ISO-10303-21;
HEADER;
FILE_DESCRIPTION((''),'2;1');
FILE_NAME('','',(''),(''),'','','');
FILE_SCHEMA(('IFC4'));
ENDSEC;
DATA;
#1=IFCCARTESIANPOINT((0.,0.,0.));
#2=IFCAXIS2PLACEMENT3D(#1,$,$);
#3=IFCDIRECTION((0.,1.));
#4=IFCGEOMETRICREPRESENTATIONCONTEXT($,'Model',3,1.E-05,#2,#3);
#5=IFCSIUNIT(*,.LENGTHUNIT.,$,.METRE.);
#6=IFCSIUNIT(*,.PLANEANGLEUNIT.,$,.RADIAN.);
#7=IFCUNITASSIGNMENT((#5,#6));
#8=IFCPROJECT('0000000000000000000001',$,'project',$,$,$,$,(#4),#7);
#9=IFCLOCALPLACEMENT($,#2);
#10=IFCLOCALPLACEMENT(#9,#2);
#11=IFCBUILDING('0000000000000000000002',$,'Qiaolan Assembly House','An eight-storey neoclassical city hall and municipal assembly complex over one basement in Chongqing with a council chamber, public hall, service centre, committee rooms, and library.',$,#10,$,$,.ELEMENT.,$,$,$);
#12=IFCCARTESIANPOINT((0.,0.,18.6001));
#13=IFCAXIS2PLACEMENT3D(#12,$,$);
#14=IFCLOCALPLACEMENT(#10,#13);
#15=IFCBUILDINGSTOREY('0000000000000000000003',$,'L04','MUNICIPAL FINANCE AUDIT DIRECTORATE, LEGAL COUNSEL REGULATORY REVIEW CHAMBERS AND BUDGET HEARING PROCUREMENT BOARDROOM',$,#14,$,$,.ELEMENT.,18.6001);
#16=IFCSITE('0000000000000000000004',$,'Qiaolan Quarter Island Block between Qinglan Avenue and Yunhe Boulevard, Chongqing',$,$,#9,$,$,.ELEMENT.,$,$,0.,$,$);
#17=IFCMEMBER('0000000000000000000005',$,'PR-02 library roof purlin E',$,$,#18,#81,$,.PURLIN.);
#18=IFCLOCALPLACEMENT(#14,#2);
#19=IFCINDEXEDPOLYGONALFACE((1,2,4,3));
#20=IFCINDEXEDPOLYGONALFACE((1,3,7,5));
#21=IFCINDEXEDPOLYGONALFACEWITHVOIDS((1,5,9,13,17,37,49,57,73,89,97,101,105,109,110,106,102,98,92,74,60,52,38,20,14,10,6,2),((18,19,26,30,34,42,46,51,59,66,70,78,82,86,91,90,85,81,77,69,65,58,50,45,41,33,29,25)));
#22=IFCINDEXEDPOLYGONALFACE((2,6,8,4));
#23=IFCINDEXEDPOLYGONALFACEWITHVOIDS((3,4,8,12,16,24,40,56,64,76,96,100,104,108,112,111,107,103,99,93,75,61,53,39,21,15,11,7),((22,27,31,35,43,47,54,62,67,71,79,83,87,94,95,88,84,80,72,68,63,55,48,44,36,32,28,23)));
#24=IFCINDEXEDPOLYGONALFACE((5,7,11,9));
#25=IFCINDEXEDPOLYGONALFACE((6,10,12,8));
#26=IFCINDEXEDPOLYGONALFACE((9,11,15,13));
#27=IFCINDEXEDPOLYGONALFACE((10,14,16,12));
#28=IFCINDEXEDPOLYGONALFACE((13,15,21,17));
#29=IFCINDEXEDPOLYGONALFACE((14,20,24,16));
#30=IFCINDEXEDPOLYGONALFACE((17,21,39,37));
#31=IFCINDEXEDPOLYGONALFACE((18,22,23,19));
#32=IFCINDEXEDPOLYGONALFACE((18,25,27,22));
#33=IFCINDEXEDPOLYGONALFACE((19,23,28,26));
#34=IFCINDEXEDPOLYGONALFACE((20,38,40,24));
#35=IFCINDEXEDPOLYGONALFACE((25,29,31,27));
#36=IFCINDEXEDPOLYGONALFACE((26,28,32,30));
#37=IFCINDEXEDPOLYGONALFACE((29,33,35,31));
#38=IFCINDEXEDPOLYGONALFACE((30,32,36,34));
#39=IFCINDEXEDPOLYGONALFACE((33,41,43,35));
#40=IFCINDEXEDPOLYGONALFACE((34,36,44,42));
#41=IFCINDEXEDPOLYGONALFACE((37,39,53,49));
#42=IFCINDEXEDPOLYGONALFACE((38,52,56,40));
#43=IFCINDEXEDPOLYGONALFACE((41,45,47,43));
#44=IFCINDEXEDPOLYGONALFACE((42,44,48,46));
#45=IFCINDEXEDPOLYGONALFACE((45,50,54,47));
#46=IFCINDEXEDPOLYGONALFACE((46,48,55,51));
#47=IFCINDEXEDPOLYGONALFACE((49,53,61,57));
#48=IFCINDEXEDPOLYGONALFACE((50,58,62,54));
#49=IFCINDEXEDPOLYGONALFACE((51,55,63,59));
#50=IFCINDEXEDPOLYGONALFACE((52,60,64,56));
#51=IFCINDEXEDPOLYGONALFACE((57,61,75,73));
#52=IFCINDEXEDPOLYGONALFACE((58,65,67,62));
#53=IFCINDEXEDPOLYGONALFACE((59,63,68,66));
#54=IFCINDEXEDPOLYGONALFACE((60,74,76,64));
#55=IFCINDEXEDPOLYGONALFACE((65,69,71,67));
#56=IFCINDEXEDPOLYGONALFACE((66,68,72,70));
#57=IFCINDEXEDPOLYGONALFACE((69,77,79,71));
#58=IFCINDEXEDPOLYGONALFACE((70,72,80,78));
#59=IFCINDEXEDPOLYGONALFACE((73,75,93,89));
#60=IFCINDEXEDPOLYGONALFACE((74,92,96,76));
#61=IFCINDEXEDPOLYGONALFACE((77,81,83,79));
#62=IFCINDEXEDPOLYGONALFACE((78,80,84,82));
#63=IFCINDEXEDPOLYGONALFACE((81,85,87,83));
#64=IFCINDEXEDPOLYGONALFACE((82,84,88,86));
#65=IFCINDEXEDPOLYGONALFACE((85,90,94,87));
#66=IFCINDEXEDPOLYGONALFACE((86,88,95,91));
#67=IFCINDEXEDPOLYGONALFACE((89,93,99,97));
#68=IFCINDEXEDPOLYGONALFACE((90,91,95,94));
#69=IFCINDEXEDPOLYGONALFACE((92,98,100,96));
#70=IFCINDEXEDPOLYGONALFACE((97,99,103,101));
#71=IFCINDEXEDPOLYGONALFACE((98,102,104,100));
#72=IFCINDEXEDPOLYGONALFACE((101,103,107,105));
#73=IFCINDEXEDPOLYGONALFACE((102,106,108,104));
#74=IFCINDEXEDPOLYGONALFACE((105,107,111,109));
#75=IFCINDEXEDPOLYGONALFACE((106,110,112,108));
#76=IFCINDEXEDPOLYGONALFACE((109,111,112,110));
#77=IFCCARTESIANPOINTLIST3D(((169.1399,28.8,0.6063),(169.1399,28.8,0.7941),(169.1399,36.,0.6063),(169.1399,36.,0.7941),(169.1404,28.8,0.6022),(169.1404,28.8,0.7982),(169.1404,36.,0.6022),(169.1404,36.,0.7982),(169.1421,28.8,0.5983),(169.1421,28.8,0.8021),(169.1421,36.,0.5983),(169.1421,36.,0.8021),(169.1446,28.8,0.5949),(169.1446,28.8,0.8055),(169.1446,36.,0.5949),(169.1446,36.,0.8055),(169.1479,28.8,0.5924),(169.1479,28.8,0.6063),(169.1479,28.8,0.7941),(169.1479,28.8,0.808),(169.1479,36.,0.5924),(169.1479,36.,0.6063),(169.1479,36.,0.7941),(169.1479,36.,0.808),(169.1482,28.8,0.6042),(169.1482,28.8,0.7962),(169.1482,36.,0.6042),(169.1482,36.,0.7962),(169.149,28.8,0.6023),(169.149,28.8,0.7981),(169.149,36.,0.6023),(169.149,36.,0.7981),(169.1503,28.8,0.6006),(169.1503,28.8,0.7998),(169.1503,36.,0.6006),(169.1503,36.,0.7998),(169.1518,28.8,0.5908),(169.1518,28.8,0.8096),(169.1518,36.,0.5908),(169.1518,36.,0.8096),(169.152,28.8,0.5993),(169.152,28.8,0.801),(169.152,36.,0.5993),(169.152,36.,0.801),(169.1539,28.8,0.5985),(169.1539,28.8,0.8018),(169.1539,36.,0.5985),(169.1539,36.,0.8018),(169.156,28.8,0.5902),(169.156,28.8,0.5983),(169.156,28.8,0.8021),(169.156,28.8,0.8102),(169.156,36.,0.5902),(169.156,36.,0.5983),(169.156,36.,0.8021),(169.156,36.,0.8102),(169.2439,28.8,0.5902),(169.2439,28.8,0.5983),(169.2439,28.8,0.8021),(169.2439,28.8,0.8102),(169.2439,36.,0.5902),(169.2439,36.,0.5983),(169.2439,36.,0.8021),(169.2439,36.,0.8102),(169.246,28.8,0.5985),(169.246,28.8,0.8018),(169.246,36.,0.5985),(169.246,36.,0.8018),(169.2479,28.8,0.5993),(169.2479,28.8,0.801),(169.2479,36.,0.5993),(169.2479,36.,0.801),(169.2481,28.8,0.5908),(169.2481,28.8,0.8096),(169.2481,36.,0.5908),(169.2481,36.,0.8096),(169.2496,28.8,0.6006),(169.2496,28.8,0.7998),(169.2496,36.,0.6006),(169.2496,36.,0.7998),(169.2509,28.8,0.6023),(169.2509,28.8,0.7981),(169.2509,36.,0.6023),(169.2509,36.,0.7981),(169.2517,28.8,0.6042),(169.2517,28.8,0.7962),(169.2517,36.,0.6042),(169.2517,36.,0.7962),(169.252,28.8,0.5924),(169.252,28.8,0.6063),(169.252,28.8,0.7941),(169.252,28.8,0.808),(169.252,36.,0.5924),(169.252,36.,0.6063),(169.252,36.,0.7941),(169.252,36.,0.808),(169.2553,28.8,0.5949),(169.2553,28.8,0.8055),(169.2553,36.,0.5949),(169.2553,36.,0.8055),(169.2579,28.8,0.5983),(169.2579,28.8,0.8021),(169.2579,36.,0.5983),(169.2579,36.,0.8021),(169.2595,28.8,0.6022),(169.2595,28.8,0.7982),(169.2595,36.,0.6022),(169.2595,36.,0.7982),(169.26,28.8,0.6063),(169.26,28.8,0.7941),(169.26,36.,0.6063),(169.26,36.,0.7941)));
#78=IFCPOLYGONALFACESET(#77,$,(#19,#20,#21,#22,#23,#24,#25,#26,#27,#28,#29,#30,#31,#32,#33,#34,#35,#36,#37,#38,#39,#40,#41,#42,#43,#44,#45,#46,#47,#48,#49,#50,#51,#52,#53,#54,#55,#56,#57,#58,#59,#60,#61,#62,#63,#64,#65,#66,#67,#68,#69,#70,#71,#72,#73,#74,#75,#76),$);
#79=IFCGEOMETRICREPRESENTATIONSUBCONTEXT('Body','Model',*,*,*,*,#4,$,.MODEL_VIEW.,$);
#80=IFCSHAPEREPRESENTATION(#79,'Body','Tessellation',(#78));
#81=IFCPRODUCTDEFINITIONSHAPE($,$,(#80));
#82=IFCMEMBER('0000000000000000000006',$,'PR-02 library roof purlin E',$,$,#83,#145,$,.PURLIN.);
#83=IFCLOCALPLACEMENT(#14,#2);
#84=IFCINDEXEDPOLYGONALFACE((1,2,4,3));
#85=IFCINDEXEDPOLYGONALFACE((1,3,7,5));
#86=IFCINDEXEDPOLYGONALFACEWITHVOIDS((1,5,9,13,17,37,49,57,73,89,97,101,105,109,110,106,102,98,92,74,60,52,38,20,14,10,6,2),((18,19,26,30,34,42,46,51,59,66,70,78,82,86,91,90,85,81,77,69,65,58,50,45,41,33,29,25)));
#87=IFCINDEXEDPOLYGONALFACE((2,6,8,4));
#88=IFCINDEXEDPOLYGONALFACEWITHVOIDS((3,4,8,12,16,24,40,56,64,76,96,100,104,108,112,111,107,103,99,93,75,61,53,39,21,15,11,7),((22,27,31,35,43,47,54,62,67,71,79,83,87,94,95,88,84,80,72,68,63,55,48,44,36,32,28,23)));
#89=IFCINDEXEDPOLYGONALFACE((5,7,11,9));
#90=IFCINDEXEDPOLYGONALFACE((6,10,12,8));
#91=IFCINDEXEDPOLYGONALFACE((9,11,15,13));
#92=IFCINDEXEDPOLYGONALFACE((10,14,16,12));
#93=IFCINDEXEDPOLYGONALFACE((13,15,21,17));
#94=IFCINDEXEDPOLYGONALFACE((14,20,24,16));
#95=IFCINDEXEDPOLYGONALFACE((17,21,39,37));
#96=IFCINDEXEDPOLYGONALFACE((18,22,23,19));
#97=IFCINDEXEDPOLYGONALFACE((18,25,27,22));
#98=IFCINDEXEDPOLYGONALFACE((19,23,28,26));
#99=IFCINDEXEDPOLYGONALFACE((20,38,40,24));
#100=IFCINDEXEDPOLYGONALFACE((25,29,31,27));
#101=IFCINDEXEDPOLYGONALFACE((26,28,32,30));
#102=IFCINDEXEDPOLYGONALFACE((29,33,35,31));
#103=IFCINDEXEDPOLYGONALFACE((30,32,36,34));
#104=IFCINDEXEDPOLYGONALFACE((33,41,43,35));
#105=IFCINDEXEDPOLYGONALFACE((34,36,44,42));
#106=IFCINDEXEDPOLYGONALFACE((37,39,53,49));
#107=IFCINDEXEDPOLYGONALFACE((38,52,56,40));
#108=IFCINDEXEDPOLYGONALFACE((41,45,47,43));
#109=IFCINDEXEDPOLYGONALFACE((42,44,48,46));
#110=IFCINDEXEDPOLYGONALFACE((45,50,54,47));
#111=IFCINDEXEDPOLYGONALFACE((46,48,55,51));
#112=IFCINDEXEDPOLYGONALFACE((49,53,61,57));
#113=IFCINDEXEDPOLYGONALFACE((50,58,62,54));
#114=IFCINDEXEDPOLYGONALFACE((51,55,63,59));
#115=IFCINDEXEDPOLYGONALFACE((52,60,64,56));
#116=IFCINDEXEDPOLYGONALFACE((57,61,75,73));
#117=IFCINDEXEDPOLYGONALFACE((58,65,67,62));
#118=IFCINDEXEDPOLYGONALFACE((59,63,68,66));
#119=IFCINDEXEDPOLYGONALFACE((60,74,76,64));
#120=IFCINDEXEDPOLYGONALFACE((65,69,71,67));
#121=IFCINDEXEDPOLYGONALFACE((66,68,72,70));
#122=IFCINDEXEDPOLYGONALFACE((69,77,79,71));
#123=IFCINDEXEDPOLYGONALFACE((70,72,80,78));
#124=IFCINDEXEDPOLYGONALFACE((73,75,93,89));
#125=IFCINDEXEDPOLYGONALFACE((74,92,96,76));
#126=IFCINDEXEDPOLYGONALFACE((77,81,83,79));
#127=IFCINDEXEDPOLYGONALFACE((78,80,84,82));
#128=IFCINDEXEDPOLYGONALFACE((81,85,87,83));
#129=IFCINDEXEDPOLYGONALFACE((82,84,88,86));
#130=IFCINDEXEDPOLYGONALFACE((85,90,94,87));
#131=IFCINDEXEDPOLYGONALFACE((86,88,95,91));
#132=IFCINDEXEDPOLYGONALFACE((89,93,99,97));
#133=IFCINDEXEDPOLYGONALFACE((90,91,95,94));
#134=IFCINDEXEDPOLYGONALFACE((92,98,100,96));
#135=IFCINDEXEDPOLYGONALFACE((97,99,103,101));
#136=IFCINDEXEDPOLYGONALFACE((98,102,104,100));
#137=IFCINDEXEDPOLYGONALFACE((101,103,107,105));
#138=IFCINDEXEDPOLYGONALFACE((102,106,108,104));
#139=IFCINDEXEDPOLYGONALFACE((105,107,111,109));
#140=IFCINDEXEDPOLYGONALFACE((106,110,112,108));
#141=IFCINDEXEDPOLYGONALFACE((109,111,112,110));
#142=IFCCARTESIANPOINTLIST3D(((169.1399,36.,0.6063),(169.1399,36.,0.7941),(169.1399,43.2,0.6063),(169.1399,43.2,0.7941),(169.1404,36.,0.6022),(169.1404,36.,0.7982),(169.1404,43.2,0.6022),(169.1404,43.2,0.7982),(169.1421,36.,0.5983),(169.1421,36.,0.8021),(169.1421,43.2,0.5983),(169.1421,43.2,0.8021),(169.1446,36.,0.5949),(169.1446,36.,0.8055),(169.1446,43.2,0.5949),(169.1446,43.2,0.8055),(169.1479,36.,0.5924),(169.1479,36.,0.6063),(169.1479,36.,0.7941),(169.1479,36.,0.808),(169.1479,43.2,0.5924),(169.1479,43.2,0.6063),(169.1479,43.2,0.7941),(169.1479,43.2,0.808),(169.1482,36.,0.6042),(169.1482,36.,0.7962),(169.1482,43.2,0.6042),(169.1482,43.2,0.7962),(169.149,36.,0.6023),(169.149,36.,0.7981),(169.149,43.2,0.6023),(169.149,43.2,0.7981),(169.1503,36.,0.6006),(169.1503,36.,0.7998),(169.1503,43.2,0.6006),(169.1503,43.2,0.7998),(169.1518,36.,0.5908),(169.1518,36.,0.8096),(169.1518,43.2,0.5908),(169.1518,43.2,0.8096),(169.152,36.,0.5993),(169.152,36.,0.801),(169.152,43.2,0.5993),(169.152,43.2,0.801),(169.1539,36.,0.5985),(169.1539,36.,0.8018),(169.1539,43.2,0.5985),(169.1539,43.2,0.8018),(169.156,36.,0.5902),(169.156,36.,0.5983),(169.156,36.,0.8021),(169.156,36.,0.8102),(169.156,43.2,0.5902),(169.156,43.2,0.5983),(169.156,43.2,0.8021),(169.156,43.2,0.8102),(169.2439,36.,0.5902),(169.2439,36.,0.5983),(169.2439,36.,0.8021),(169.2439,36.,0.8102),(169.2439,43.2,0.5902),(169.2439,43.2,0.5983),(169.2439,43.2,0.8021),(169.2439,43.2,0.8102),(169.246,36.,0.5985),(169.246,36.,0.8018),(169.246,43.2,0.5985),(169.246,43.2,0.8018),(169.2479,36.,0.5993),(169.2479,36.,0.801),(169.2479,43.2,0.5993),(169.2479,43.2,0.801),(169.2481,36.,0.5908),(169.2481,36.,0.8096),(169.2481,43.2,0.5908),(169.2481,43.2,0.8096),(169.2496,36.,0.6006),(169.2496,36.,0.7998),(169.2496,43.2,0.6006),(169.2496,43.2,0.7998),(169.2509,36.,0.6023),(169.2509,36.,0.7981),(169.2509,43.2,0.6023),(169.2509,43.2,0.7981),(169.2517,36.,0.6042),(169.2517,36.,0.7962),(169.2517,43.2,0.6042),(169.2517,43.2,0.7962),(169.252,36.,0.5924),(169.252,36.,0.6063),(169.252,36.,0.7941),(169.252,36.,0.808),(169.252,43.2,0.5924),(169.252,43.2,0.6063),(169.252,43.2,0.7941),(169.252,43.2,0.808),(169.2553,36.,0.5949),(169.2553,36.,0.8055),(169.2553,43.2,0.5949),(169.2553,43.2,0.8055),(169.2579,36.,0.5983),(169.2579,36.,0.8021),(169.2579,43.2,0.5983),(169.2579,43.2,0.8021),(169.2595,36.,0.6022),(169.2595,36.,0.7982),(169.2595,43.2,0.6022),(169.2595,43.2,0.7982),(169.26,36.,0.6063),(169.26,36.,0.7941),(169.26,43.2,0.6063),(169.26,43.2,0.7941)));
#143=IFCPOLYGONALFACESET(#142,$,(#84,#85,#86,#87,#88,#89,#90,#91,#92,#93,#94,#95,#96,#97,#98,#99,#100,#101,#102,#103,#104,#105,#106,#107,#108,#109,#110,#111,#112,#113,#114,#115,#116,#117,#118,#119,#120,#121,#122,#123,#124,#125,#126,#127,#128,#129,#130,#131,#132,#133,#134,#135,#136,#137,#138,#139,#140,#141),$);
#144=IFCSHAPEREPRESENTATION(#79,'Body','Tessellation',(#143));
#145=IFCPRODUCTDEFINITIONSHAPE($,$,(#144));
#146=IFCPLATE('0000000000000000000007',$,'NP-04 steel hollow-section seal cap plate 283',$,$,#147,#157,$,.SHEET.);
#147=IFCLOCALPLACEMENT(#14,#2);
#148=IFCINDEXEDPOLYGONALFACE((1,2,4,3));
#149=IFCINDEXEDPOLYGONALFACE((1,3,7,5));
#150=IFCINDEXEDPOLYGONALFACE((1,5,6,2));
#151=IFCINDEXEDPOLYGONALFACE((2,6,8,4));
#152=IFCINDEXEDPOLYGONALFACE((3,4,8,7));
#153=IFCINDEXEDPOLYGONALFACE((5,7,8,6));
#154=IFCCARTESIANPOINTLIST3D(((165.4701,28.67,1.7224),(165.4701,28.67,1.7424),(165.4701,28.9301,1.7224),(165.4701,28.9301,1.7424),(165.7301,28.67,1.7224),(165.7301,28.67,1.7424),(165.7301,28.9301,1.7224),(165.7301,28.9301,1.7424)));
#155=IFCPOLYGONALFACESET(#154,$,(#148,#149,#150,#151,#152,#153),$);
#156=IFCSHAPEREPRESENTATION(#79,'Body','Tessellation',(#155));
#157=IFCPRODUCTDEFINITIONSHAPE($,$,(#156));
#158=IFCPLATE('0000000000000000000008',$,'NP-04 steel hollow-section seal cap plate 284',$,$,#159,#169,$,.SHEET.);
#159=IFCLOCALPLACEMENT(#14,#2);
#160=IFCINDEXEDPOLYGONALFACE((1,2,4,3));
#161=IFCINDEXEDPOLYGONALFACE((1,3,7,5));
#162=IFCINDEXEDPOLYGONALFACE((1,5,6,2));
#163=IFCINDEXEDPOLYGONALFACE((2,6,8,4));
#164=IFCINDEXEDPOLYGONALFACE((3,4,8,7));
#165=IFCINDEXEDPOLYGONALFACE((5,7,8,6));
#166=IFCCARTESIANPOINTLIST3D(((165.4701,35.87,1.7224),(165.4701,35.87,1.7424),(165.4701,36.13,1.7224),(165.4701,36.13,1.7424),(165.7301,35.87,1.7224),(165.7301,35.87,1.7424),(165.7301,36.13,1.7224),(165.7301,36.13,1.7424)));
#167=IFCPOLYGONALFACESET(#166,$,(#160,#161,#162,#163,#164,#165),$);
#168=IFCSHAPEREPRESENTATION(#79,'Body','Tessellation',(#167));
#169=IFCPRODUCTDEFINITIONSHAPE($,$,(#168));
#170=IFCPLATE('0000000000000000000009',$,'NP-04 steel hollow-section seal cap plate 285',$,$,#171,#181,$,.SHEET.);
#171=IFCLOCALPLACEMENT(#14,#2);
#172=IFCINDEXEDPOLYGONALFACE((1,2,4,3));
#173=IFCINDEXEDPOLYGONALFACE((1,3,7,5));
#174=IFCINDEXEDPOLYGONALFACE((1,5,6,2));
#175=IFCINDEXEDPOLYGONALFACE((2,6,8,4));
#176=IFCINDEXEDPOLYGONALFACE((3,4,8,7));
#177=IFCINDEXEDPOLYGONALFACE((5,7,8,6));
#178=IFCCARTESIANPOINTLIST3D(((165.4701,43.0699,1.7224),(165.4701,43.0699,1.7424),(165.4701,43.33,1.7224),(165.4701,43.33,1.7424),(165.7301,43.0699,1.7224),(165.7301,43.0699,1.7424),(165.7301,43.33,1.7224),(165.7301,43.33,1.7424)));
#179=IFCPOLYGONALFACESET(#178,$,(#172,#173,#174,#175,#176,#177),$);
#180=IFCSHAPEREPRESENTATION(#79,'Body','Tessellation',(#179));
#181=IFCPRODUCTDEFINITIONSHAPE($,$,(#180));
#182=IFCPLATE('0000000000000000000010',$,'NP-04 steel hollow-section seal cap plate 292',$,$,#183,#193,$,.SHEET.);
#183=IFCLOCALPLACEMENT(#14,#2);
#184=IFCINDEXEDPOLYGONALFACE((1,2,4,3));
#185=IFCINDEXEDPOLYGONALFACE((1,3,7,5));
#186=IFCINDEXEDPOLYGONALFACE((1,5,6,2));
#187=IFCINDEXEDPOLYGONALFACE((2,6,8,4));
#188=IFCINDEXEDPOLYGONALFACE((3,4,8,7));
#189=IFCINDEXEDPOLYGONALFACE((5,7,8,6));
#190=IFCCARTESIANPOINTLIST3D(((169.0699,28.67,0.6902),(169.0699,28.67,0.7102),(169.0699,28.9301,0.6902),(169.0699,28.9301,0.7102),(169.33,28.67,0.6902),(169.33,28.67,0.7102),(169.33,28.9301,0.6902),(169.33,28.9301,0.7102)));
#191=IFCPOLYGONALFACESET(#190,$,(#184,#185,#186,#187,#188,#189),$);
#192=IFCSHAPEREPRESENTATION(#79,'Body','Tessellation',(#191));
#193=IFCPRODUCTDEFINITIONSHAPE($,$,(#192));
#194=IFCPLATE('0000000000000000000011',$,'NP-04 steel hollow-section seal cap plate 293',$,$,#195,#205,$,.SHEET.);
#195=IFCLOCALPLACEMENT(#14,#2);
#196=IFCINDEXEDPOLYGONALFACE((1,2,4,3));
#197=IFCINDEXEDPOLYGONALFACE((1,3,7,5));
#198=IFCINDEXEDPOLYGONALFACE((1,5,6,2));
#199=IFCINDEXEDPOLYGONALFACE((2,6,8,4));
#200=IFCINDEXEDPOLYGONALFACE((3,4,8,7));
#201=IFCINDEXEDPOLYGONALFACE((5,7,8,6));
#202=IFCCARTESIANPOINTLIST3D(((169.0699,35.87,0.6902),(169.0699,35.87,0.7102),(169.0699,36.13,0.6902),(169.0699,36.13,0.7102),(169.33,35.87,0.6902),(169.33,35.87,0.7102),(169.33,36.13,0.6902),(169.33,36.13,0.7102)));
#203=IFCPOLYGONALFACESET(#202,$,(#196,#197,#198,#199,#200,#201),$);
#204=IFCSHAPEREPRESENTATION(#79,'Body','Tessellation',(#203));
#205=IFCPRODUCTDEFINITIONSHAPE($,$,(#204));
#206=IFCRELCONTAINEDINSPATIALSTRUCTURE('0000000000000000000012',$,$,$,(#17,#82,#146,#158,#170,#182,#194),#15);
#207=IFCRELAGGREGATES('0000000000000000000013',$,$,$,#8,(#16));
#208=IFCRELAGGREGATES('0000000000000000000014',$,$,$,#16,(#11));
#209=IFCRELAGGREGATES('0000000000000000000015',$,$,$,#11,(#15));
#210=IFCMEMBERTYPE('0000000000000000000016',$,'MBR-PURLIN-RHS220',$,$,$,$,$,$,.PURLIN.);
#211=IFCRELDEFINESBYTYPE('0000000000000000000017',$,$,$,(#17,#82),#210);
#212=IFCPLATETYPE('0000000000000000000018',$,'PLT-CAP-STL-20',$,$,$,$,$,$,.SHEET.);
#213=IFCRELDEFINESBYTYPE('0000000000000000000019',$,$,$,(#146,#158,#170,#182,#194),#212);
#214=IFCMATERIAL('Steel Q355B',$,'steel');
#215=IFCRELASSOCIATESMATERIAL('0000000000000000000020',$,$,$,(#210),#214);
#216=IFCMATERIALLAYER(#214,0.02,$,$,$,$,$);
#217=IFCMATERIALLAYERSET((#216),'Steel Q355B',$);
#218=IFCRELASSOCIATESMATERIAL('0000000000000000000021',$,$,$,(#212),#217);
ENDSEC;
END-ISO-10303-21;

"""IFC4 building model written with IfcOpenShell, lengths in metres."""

from ifc_helpers import new_model, si_unit, direction, frame, origin, origin_2d, place, context, subcontext, project, spatial, rectangle, hollow_rectangle, extrude, material, layer, layer_set, material_profile, profile_set, type_object, element, save


model = new_model("IFC4")

# Units and contexts
model_context = context("Model", 3, precision=1e-05, world=origin(), true_north=direction((0.0, 1.0)))
body_context = subcontext(model_context, "Body", "Model", "MODEL_VIEW")
ifc_project = project(units=[si_unit("LENGTHUNIT", "METRE"), si_unit("PLANEANGLEUNIT", "RADIAN")], contexts=[model_context])

# Site, building, storey
site_placement = place(None, origin())
site = spatial("IfcSite", under=ifc_project, at=site_placement, Name="Qiaolan Quarter Island Block between Qinglan Avenue and Yunhe Boulevard, Chongqing", CompositionType="ELEMENT", RefElevation=0.0)
building_placement = place(site_placement, origin())
building = spatial("IfcBuilding", under=site, at=building_placement, Name="Qiaolan Assembly House", Description="An eight-storey neoclassical city hall and municipal assembly complex over one basement in Chongqing with a council chamber, public hall, service centre, committee rooms, and library.", CompositionType="ELEMENT")
storey_placement = place(building_placement, frame((0.0, 0.0, 18.6001)))
storey = spatial("IfcBuildingStorey", under=building, at=storey_placement, Name="L04", Description="MUNICIPAL FINANCE AUDIT DIRECTORATE, LEGAL COUNSEL REGULATORY REVIEW CHAMBERS AND BUDGET HEARING PROCUREMENT BOARDROOM", CompositionType="ELEMENT", Elevation=18.6001)

# Shared definitions
ifc_material = material(Name="Steel Q355B", Category="steel")

# Members
ifc_material_profile_1 = material_profile(ifc_material, hollow_rectangle(XDim=0.1201, YDim=0.22, WallThickness=0.0081, InnerFilletRadius=0.0081, OuterFilletRadius=0.0161, at=origin_2d()), Name="RHS 220x120x8")
ifc_profile_set_1 = profile_set([ifc_material_profile_1], Name="Steel Q355B")
member_type = type_object("IfcMemberType", Name="MBR-PURLIN-RHS220", PredefinedType="PURLIN", material=ifc_profile_set_1)
for number, where, z_axis, x_axis, name in (
    (1, (169.2, 28.8, 0.7002), (0.0, 1.0, 0.0), (-1.0, 0.0, 0.0), "PR-02 library roof purlin E"),
    (2, (169.2, 36.0, 0.7002), (0.0, 1.0, 0.0), (-1.0, 0.0, 0.0), "PR-02 library roof purlin E"),
):
    element("IfcMember", number, at=place(storey_placement, frame(where, z_axis=z_axis, x_axis=x_axis)), inside=storey, type_object=member_type, Name=name, PredefinedType="PURLIN", context=body_context, shape_type="SweptSolid", body=[
        extrude(hollow_rectangle(XDim=0.1201, YDim=0.22, WallThickness=0.0081, InnerFilletRadius=0.0081, OuterFilletRadius=0.0161, at=origin_2d()), origin(), (0.0, 0.0, 1.0), 7.2),
    ])

# Plates
ifc_layer = layer(ifc_material, 0.02)
ifc_layer_set = layer_set([ifc_layer], Name="Steel Q355B")
plate_type = type_object("IfcPlateType", Name="PLT-CAP-STL-20", PredefinedType="SHEET", material=ifc_layer_set)
for number, where, z_axis, x_axis, name in (
    (3, (165.6001, 28.8, 1.7224), (0.0, 0.0, 1.0), (1.0, 0.0, 0.0), "NP-04 steel hollow-section seal cap plate 283"),
    (4, (165.6001, 36.0, 1.7224), (0.0, 0.0, 1.0), (1.0, 0.0, 0.0), "NP-04 steel hollow-section seal cap plate 284"),
    (5, (165.6001, 43.2, 1.7224), (0.0, 0.0, 1.0), (1.0, 0.0, 0.0), "NP-04 steel hollow-section seal cap plate 285"),
    (6, (169.2, 28.8, 0.6902), (0.0, 0.0, 1.0), (1.0, 0.0, 0.0), "NP-04 steel hollow-section seal cap plate 292"),
    (7, (169.2, 36.0, 0.6902), (0.0, 0.0, 1.0), (1.0, 0.0, 0.0), "NP-04 steel hollow-section seal cap plate 293"),
):
    element("IfcPlate", number, at=place(storey_placement, frame(where, z_axis=z_axis, x_axis=x_axis)), inside=storey, type_object=plate_type, Name=name, PredefinedType="SHEET", context=body_context, shape_type="SweptSolid", body=[
        extrude(rectangle(XDim=0.26, YDim=0.26, at=origin_2d()), origin(), (0.0, 0.0, 1.0), 0.02),
    ])

save(model, "model.ifc")
